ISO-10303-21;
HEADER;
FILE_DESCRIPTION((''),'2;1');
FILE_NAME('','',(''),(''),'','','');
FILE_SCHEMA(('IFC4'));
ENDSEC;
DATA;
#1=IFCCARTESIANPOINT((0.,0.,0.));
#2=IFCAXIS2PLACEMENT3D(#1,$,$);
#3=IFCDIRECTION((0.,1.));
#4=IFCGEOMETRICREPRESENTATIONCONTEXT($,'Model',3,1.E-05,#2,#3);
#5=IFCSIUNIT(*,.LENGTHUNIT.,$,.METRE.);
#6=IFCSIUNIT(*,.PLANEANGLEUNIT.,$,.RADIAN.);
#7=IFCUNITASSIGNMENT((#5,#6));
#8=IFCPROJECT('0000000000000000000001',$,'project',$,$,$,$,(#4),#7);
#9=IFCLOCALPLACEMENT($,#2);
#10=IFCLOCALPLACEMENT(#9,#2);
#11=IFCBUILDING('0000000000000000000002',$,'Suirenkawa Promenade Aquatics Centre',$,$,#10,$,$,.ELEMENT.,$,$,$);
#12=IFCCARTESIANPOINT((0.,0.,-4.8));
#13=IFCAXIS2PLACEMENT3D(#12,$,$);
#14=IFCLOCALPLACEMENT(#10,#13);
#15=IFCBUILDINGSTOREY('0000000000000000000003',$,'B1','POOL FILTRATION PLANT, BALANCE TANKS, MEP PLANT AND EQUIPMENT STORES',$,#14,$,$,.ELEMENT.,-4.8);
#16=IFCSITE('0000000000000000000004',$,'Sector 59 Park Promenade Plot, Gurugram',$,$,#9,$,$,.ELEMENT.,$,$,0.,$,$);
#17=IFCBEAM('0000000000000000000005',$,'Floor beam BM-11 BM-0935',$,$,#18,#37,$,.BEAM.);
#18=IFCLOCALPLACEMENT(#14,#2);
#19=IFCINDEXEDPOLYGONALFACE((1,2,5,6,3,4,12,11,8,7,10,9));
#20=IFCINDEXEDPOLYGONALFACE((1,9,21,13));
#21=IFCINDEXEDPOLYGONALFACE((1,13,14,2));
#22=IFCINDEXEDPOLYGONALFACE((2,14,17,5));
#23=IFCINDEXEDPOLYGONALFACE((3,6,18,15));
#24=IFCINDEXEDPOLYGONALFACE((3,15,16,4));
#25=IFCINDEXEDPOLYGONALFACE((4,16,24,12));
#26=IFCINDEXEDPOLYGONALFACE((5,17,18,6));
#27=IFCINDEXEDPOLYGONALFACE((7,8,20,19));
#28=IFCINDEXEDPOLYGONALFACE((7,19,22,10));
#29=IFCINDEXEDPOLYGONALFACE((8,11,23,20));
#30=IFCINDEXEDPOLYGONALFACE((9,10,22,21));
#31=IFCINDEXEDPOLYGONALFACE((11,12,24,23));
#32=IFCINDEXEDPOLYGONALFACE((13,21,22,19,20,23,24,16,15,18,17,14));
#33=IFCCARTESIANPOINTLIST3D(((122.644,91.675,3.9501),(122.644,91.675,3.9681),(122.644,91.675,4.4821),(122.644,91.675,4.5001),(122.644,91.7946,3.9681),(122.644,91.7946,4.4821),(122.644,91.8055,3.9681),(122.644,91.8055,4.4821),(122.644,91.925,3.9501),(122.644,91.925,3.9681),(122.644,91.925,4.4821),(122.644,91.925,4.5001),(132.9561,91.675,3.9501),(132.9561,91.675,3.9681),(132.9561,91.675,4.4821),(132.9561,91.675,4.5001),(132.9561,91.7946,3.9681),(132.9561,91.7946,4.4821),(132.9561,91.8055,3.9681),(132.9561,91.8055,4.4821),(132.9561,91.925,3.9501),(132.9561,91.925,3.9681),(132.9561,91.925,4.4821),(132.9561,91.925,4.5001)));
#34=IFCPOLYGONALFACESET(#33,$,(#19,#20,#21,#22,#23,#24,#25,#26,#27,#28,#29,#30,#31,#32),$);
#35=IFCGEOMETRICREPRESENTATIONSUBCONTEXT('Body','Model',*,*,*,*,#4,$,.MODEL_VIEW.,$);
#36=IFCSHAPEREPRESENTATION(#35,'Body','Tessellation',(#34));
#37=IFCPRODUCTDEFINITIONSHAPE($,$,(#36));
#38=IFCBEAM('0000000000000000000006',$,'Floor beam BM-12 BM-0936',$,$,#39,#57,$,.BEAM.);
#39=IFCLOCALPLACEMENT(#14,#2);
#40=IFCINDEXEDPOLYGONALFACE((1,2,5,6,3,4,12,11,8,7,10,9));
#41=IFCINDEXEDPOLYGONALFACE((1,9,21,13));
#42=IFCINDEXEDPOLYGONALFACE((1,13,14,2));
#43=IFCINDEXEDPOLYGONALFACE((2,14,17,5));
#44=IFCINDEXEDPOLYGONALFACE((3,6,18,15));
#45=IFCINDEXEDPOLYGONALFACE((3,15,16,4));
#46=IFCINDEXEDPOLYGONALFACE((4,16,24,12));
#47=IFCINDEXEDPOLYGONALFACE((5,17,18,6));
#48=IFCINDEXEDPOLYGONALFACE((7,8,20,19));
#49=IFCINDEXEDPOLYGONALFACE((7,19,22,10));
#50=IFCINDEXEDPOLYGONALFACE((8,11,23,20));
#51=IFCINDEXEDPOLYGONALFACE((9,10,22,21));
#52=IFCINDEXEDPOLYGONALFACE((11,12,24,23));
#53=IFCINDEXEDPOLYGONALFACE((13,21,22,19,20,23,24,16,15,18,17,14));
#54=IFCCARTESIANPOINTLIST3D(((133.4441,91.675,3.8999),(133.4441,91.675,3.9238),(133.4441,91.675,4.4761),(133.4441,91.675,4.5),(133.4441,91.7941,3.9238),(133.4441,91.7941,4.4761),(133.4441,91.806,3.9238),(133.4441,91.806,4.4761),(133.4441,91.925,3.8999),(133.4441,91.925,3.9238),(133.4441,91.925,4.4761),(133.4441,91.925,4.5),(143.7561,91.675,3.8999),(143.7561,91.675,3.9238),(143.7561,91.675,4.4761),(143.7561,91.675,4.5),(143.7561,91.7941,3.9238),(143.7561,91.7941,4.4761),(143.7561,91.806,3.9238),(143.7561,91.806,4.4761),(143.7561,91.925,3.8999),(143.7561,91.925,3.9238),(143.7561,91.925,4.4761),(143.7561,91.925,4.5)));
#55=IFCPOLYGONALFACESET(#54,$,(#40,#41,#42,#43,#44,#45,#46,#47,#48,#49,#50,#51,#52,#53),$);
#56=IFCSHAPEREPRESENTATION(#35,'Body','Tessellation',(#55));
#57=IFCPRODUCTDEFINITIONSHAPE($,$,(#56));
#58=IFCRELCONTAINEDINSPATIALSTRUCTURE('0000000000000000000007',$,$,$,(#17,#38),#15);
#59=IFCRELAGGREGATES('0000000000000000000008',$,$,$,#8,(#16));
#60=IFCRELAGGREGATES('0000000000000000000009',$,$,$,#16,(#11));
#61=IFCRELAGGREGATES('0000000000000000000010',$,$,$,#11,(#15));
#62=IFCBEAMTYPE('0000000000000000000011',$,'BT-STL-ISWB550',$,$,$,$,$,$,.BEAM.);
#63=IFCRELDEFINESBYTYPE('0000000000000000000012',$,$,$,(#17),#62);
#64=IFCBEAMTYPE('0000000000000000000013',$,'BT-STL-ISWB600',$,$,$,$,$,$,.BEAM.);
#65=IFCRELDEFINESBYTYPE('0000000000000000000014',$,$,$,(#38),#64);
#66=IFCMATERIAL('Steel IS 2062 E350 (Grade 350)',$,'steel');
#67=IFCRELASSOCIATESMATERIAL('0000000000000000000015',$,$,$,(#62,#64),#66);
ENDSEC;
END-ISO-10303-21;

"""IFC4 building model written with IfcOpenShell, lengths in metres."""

from ifc_helpers import new_model, si_unit, direction, frame, origin, origin_2d, place, context, subcontext, project, spatial, i_section, extrude, material, material_profile, profile_set, type_object, element, save


model = new_model("IFC4")

# Units and contexts
model_context = context("Model", 3, precision=1e-05, world=origin(), true_north=direction((0.0, 1.0)))
body_context = subcontext(model_context, "Body", "Model", "MODEL_VIEW")
ifc_project = project(units=[si_unit("LENGTHUNIT", "METRE"), si_unit("PLANEANGLEUNIT", "RADIAN")], contexts=[model_context])

# Site, building, storey
site_placement = place(None, origin())
site = spatial("IfcSite", under=ifc_project, at=site_placement, Name="Sector 59 Park Promenade Plot, Gurugram", CompositionType="ELEMENT", RefElevation=0.0)
building_placement = place(site_placement, origin())
building = spatial("IfcBuilding", under=site, at=building_placement, Name="Suirenkawa Promenade Aquatics Centre", CompositionType="ELEMENT")
storey_placement = place(building_placement, frame((0.0, 0.0, -4.8)))
storey = spatial("IfcBuildingStorey", under=building, at=storey_placement, Name="B1", Description="POOL FILTRATION PLANT, BALANCE TANKS, MEP PLANT AND EQUIPMENT STORES", CompositionType="ELEMENT", Elevation=-4.8)

# Beams
ifc_material_1 = material(Name="Steel IS 2062 E350 (Grade 350)", Category="steel")
ifc_material_profile_1 = material_profile(ifc_material_1, i_section(OverallWidth=0.25, OverallDepth=0.55, WebThickness=0.011, FlangeThickness=0.0181, at=origin_2d()), Name="ISWB 550", Category="steel")
ifc_profile_set_1 = profile_set([ifc_material_profile_1], Name="Steel IS 2062 E350 (Grade 350)")
beam_type_1 = type_object("IfcBeamType", Name="BT-STL-ISWB550", PredefinedType="BEAM", material=ifc_profile_set_1)
beam_1_placement = place(storey_placement, frame((122.644, 91.8, 4.2251), z_axis=(1.0, 0.0, 0.0), x_axis=(0.0, 1.0, 0.0)))
element("IfcBeam", 1, at=beam_1_placement, inside=storey, type_object=beam_type_1, Name="Floor beam BM-11 BM-0935", PredefinedType="BEAM", context=body_context, shape_type="SweptSolid", body=[
    extrude(i_section(OverallWidth=0.25, OverallDepth=0.55, WebThickness=0.011, FlangeThickness=0.0181, at=origin_2d()), origin(), (0.0, 0.0, 1.0), 10.312),
])
ifc_material_profile_2 = material_profile(ifc_material_1, i_section(OverallWidth=0.25, OverallDepth=0.6001, WebThickness=0.012, FlangeThickness=0.0239, at=origin_2d()), Name="ISWB 600", Category="steel")
ifc_profile_set_2 = profile_set([ifc_material_profile_2], Name="Steel IS 2062 E350 (Grade 350)")
beam_type_2 = type_object("IfcBeamType", Name="BT-STL-ISWB600", PredefinedType="BEAM", material=ifc_profile_set_2)
beam_2_placement = place(storey_placement, frame((133.4441, 91.8, 4.2), z_axis=(1.0, 0.0, 0.0), x_axis=(0.0, 1.0, 0.0)))
element("IfcBeam", 2, at=beam_2_placement, inside=storey, type_object=beam_type_2, Name="Floor beam BM-12 BM-0936", PredefinedType="BEAM", context=body_context, shape_type="SweptSolid", body=[
    extrude(i_section(OverallWidth=0.25, OverallDepth=0.6001, WebThickness=0.012, FlangeThickness=0.0239, at=origin_2d()), origin(), (0.0, 0.0, 1.0), 10.312),
])

save(model, "model.ifc")
